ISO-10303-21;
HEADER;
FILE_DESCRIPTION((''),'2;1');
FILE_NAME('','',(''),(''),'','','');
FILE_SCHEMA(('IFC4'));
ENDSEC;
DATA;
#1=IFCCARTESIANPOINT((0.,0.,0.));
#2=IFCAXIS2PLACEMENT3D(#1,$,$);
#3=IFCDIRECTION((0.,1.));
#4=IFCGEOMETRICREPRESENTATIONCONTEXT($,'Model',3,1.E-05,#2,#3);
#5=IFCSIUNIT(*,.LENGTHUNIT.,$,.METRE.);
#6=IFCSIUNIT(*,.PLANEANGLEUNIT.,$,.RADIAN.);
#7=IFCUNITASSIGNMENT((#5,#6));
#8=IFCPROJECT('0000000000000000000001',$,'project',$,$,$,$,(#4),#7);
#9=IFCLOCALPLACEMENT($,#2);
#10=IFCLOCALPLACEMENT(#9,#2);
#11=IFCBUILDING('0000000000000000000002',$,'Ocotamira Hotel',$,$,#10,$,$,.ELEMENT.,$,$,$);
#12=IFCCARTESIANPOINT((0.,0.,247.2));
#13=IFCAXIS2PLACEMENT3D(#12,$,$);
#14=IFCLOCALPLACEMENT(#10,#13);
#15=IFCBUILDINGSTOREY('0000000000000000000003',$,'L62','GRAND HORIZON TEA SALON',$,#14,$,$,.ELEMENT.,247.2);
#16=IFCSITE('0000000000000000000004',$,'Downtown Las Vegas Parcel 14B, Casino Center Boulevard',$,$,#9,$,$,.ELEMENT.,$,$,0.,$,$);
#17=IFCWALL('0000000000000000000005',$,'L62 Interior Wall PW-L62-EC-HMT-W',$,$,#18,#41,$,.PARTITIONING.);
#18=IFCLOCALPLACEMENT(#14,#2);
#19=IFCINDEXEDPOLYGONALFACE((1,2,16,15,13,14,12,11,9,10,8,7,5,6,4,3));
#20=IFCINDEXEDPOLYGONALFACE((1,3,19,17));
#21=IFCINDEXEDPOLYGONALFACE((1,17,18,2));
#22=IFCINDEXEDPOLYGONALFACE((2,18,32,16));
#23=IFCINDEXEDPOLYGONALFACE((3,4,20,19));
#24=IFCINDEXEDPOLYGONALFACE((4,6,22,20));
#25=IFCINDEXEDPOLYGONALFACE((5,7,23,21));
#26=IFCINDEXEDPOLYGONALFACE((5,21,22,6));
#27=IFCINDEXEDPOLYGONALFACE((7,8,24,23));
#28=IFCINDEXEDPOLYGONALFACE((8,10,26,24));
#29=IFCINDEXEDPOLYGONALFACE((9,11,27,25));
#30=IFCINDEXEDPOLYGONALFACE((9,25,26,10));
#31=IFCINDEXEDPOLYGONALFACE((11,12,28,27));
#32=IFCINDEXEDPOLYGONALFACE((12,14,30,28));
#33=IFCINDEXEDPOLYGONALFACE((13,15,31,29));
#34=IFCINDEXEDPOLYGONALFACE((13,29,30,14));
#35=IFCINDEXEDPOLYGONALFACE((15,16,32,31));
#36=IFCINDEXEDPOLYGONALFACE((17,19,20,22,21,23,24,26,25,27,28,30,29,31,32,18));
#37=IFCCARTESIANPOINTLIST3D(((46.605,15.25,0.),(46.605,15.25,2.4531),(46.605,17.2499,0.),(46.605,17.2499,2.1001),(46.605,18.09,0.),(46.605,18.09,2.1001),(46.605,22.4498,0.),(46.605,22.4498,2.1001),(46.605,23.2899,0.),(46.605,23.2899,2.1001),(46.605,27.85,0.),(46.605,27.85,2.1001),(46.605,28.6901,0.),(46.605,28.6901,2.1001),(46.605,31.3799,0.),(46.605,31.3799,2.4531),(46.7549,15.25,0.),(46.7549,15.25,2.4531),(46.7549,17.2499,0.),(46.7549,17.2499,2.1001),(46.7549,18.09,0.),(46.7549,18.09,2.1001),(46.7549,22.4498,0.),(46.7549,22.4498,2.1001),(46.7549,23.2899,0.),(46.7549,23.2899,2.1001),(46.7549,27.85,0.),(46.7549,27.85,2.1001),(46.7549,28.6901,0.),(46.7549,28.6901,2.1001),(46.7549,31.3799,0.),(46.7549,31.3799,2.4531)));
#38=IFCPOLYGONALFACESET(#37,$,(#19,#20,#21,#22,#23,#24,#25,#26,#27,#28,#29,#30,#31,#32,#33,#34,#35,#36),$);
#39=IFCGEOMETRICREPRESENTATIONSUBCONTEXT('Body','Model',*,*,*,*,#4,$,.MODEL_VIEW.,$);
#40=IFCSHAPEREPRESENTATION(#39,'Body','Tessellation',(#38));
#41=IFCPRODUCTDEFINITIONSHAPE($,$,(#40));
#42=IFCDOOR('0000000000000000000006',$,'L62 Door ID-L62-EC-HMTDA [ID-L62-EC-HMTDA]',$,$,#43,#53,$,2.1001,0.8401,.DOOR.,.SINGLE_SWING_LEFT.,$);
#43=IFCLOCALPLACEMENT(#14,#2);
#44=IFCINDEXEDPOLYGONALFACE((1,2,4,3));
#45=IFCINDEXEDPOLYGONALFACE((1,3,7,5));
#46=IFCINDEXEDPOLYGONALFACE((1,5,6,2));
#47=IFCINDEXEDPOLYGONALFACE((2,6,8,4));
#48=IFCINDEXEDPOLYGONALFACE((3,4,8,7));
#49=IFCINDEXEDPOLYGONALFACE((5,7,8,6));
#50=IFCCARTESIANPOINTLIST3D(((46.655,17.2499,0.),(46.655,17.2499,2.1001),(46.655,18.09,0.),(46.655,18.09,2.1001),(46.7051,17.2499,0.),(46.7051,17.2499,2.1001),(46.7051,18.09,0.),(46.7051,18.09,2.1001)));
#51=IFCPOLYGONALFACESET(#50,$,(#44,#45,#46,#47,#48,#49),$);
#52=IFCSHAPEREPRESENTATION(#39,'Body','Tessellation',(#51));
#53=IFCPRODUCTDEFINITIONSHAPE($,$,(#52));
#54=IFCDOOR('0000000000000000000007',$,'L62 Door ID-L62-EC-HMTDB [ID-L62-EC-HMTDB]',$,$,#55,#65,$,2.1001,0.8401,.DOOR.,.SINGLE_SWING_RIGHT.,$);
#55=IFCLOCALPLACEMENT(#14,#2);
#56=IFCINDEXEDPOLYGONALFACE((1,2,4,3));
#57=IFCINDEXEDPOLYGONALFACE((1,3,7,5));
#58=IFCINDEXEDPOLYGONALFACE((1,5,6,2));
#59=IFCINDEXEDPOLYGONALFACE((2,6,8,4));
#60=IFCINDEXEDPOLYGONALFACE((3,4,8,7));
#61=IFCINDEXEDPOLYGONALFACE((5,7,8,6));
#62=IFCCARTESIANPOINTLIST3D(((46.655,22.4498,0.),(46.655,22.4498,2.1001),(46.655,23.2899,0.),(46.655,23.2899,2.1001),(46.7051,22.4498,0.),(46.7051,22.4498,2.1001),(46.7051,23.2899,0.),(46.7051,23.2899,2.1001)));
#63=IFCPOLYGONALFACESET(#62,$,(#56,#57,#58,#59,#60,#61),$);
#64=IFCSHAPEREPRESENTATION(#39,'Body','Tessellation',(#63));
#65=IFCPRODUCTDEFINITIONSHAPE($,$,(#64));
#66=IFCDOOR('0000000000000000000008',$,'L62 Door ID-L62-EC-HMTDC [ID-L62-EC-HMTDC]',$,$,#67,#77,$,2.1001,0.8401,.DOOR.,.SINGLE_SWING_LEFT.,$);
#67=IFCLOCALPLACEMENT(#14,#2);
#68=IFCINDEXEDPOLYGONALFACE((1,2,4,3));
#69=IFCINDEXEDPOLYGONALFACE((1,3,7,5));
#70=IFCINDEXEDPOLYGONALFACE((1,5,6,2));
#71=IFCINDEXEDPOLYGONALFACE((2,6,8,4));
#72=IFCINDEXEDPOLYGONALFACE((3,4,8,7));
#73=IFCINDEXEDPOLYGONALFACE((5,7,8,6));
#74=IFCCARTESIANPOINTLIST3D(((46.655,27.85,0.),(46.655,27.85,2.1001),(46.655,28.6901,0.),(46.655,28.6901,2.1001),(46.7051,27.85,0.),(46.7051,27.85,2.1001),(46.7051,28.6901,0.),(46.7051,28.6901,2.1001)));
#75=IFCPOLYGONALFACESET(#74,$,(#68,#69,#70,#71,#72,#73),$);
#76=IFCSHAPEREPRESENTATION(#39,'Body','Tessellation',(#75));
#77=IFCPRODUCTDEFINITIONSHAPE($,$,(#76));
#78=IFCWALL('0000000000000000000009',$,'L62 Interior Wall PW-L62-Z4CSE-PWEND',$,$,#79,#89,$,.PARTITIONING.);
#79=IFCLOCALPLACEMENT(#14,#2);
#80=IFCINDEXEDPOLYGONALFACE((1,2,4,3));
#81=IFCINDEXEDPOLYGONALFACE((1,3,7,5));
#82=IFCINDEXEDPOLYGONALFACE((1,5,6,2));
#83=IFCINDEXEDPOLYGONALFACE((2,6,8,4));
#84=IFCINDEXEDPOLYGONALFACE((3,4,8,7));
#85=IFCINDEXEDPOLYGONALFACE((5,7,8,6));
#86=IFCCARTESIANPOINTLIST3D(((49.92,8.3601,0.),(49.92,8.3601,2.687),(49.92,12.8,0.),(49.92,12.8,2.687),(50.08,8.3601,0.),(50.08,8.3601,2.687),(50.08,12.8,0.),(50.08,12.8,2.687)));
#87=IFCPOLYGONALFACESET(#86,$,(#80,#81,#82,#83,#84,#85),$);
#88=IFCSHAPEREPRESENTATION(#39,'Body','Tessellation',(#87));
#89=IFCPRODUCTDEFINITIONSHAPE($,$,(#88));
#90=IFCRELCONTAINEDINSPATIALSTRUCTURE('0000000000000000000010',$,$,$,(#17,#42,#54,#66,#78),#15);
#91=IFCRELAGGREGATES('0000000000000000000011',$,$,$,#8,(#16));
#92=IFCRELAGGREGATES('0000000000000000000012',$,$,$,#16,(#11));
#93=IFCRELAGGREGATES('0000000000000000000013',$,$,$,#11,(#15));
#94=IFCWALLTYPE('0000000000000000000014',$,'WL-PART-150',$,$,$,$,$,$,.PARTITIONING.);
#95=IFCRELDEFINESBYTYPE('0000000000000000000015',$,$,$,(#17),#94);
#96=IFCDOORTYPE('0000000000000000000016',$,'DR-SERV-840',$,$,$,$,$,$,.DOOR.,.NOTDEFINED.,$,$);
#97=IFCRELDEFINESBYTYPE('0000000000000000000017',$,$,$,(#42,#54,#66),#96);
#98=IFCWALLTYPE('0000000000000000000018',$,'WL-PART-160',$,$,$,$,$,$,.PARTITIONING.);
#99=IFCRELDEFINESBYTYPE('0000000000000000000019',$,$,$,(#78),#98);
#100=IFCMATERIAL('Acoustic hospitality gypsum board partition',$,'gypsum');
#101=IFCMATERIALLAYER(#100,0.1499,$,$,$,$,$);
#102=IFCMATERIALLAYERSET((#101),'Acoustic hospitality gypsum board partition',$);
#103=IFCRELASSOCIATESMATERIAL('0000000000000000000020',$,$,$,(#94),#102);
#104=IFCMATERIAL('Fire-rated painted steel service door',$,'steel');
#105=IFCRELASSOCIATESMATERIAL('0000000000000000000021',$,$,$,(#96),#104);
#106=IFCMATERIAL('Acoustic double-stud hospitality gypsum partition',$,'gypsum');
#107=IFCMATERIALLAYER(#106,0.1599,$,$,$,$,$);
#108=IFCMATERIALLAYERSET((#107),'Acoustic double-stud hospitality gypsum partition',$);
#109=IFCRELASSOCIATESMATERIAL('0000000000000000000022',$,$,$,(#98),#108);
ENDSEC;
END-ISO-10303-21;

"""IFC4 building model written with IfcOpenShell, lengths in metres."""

from ifc_helpers import new_model, si_unit, direction, frame, frame_2d, origin, place, context, subcontext, project, spatial, rectangle, extrude, source, transform, mapped, material, layer, layer_set, type_object, element, fill, save


model = new_model("IFC4")

# Units and contexts
model_context = context("Model", 3, precision=1e-05, world=origin(), true_north=direction((0.0, 1.0)))
body_context = subcontext(model_context, "Body", "Model", "MODEL_VIEW")
ifc_project = project(units=[si_unit("LENGTHUNIT", "METRE"), si_unit("PLANEANGLEUNIT", "RADIAN")], contexts=[model_context])

# Site, building, storey
site_placement = place(None, origin())
site = spatial("IfcSite", under=ifc_project, at=site_placement, Name="Downtown Las Vegas Parcel 14B, Casino Center Boulevard", CompositionType="ELEMENT", RefElevation=0.0)
building_placement = place(site_placement, origin())
building = spatial("IfcBuilding", under=site, at=building_placement, Name="Ocotamira Hotel", CompositionType="ELEMENT")
storey_placement = place(building_placement, frame((0.0, 0.0, 247.2)))
storey = spatial("IfcBuildingStorey", under=building, at=storey_placement, Name="L62", Description="GRAND HORIZON TEA SALON", CompositionType="ELEMENT", Elevation=247.2)

# Wall, openings, doors
ifc_material_1 = material(Name="Acoustic hospitality gypsum board partition", Category="gypsum")
ifc_layer_1 = layer(ifc_material_1, 0.1499)
ifc_layer_set_1 = layer_set([ifc_layer_1], Name="Acoustic hospitality gypsum board partition")
wall_type_1 = type_object("IfcWallType", Name="WL-PART-150", PredefinedType="PARTITIONING", material=ifc_layer_set_1)
wall_1_placement = place(storey_placement, frame((46.6799, 15.25, 0.0), z_axis=(0.0, 0.0, 1.0), x_axis=(0.0, 1.0, 0.0)))
wall_1 = element("IfcWall", 1, at=wall_1_placement, inside=storey, type_object=wall_type_1, Name="L62 Interior Wall PW-L62-EC-HMT-W", PredefinedType="PARTITIONING", context=body_context, shape_type="SweptSolid", body=[
    extrude(rectangle(XDim=16.1299, YDim=0.1499, at=frame_2d((8.0649, 0.0))), origin(), (0.0, 0.0, 1.0), 2.4531),
])
opening_1_placement = place(wall_1_placement, frame((2.0, 0.0, 0.0)))
opening_1 = element("IfcOpeningElement", 2, at=opening_1_placement, cuts=wall_1, PredefinedType="OPENING", context=body_context, shape_type="SweptSolid", body=[
    extrude(rectangle(XDim=0.8401, YDim=2.1001, at=frame_2d((0.4199, 1.05))), frame((0.0, 0.085, 0.0), z_axis=(0.0, -1.0, 0.0), x_axis=(1.0, 0.0, 0.0)), (0.0, 0.0, 1.0), 0.1699),
])
opening_2_placement = place(wall_1_placement, frame((7.2, 0.0, 0.0)))
opening_2 = element("IfcOpeningElement", 3, at=opening_2_placement, cuts=wall_1, PredefinedType="OPENING", context=body_context, shape_type="SweptSolid", body=[
    extrude(rectangle(XDim=0.8401, YDim=2.1001, at=frame_2d((0.4199, 1.05))), frame((0.0, 0.085, 0.0), z_axis=(0.0, -1.0, 0.0), x_axis=(1.0, 0.0, 0.0)), (0.0, 0.0, 1.0), 0.1699),
])
opening_3_placement = place(wall_1_placement, frame((12.6001, 0.0, 0.0)))
opening_3 = element("IfcOpeningElement", 4, at=opening_3_placement, cuts=wall_1, PredefinedType="OPENING", context=body_context, shape_type="SweptSolid", body=[
    extrude(rectangle(XDim=0.8401, YDim=2.1001, at=frame_2d((0.4199, 1.05))), frame((0.0, 0.085, 0.0), z_axis=(0.0, -1.0, 0.0), x_axis=(1.0, 0.0, 0.0)), (0.0, 0.0, 1.0), 0.1699),
])
ifc_material_2 = material(Name="Fire-rated painted steel service door", Category="steel")
door_type_1 = type_object("IfcDoorType", Name="DR-SERV-840", OperationType="NOTDEFINED", PredefinedType="DOOR", material=ifc_material_2)
shared_shape_1 = source(origin(), body_context, "Body", "SweptSolid", [
    extrude(rectangle(XDim=0.8401, YDim=2.1001, at=frame_2d((0.4199, 1.05))), frame((0.0, 0.0249, 0.0), z_axis=(0.0, -1.0, 0.0), x_axis=(1.0, 0.0, 0.0)), (0.0, 0.0, 1.0), 0.05),
])
door_1_placement = place(opening_1_placement, origin())
door_1 = element("IfcDoor", 5, at=door_1_placement, inside=storey, type_object=door_type_1, Name="L62 Door ID-L62-EC-HMTDA [ID-L62-EC-HMTDA]", OperationType="SINGLE_SWING_LEFT", OverallHeight=2.1001, OverallWidth=0.8401, PredefinedType="DOOR", context=body_context, shape_type="MappedRepresentation", body=[
    mapped(shared_shape_1, transform((0.0, 0.0, 0.0), scale=1.0)),
])
fill(opening_1, door_1)
door_2_placement = place(opening_2_placement, origin())
door_2 = element("IfcDoor", 6, at=door_2_placement, inside=storey, type_object=door_type_1, Name="L62 Door ID-L62-EC-HMTDB [ID-L62-EC-HMTDB]", OperationType="SINGLE_SWING_RIGHT", OverallHeight=2.1001, OverallWidth=0.8401, PredefinedType="DOOR", context=body_context, shape_type="MappedRepresentation", body=[
    mapped(shared_shape_1, transform((0.0, 0.0, 0.0), scale=1.0)),
])
fill(opening_2, door_2)
door_3_placement = place(opening_3_placement, origin())
door_3 = element("IfcDoor", 7, at=door_3_placement, inside=storey, type_object=door_type_1, Name="L62 Door ID-L62-EC-HMTDC [ID-L62-EC-HMTDC]", OperationType="SINGLE_SWING_LEFT", OverallHeight=2.1001, OverallWidth=0.8401, PredefinedType="DOOR", context=body_context, shape_type="MappedRepresentation", body=[
    mapped(shared_shape_1, transform((0.0, 0.0, 0.0), scale=1.0)),
])
fill(opening_3, door_3)

# Wall
ifc_material_3 = material(Name="Acoustic double-stud hospitality gypsum partition", Category="gypsum")
ifc_layer_2 = layer(ifc_material_3, 0.1599)
ifc_layer_set_2 = layer_set([ifc_layer_2], Name="Acoustic double-stud hospitality gypsum partition")
wall_type_2 = type_object("IfcWallType", Name="WL-PART-160", PredefinedType="PARTITIONING", material=ifc_layer_set_2)
wall_2_placement = place(storey_placement, frame((50.0, 8.3601, 0.0), z_axis=(0.0, 0.0, 1.0), x_axis=(0.0, 1.0, 0.0)))
element("IfcWall", 8, at=wall_2_placement, inside=storey, type_object=wall_type_2, Name="L62 Interior Wall PW-L62-Z4CSE-PWEND", PredefinedType="PARTITIONING", context=body_context, shape_type="SweptSolid", body=[
    extrude(rectangle(XDim=4.4399, YDim=0.1599, at=frame_2d((2.22, 0.0))), origin(), (0.0, 0.0, 1.0), 2.687),
])

save(model, "model.ifc")
